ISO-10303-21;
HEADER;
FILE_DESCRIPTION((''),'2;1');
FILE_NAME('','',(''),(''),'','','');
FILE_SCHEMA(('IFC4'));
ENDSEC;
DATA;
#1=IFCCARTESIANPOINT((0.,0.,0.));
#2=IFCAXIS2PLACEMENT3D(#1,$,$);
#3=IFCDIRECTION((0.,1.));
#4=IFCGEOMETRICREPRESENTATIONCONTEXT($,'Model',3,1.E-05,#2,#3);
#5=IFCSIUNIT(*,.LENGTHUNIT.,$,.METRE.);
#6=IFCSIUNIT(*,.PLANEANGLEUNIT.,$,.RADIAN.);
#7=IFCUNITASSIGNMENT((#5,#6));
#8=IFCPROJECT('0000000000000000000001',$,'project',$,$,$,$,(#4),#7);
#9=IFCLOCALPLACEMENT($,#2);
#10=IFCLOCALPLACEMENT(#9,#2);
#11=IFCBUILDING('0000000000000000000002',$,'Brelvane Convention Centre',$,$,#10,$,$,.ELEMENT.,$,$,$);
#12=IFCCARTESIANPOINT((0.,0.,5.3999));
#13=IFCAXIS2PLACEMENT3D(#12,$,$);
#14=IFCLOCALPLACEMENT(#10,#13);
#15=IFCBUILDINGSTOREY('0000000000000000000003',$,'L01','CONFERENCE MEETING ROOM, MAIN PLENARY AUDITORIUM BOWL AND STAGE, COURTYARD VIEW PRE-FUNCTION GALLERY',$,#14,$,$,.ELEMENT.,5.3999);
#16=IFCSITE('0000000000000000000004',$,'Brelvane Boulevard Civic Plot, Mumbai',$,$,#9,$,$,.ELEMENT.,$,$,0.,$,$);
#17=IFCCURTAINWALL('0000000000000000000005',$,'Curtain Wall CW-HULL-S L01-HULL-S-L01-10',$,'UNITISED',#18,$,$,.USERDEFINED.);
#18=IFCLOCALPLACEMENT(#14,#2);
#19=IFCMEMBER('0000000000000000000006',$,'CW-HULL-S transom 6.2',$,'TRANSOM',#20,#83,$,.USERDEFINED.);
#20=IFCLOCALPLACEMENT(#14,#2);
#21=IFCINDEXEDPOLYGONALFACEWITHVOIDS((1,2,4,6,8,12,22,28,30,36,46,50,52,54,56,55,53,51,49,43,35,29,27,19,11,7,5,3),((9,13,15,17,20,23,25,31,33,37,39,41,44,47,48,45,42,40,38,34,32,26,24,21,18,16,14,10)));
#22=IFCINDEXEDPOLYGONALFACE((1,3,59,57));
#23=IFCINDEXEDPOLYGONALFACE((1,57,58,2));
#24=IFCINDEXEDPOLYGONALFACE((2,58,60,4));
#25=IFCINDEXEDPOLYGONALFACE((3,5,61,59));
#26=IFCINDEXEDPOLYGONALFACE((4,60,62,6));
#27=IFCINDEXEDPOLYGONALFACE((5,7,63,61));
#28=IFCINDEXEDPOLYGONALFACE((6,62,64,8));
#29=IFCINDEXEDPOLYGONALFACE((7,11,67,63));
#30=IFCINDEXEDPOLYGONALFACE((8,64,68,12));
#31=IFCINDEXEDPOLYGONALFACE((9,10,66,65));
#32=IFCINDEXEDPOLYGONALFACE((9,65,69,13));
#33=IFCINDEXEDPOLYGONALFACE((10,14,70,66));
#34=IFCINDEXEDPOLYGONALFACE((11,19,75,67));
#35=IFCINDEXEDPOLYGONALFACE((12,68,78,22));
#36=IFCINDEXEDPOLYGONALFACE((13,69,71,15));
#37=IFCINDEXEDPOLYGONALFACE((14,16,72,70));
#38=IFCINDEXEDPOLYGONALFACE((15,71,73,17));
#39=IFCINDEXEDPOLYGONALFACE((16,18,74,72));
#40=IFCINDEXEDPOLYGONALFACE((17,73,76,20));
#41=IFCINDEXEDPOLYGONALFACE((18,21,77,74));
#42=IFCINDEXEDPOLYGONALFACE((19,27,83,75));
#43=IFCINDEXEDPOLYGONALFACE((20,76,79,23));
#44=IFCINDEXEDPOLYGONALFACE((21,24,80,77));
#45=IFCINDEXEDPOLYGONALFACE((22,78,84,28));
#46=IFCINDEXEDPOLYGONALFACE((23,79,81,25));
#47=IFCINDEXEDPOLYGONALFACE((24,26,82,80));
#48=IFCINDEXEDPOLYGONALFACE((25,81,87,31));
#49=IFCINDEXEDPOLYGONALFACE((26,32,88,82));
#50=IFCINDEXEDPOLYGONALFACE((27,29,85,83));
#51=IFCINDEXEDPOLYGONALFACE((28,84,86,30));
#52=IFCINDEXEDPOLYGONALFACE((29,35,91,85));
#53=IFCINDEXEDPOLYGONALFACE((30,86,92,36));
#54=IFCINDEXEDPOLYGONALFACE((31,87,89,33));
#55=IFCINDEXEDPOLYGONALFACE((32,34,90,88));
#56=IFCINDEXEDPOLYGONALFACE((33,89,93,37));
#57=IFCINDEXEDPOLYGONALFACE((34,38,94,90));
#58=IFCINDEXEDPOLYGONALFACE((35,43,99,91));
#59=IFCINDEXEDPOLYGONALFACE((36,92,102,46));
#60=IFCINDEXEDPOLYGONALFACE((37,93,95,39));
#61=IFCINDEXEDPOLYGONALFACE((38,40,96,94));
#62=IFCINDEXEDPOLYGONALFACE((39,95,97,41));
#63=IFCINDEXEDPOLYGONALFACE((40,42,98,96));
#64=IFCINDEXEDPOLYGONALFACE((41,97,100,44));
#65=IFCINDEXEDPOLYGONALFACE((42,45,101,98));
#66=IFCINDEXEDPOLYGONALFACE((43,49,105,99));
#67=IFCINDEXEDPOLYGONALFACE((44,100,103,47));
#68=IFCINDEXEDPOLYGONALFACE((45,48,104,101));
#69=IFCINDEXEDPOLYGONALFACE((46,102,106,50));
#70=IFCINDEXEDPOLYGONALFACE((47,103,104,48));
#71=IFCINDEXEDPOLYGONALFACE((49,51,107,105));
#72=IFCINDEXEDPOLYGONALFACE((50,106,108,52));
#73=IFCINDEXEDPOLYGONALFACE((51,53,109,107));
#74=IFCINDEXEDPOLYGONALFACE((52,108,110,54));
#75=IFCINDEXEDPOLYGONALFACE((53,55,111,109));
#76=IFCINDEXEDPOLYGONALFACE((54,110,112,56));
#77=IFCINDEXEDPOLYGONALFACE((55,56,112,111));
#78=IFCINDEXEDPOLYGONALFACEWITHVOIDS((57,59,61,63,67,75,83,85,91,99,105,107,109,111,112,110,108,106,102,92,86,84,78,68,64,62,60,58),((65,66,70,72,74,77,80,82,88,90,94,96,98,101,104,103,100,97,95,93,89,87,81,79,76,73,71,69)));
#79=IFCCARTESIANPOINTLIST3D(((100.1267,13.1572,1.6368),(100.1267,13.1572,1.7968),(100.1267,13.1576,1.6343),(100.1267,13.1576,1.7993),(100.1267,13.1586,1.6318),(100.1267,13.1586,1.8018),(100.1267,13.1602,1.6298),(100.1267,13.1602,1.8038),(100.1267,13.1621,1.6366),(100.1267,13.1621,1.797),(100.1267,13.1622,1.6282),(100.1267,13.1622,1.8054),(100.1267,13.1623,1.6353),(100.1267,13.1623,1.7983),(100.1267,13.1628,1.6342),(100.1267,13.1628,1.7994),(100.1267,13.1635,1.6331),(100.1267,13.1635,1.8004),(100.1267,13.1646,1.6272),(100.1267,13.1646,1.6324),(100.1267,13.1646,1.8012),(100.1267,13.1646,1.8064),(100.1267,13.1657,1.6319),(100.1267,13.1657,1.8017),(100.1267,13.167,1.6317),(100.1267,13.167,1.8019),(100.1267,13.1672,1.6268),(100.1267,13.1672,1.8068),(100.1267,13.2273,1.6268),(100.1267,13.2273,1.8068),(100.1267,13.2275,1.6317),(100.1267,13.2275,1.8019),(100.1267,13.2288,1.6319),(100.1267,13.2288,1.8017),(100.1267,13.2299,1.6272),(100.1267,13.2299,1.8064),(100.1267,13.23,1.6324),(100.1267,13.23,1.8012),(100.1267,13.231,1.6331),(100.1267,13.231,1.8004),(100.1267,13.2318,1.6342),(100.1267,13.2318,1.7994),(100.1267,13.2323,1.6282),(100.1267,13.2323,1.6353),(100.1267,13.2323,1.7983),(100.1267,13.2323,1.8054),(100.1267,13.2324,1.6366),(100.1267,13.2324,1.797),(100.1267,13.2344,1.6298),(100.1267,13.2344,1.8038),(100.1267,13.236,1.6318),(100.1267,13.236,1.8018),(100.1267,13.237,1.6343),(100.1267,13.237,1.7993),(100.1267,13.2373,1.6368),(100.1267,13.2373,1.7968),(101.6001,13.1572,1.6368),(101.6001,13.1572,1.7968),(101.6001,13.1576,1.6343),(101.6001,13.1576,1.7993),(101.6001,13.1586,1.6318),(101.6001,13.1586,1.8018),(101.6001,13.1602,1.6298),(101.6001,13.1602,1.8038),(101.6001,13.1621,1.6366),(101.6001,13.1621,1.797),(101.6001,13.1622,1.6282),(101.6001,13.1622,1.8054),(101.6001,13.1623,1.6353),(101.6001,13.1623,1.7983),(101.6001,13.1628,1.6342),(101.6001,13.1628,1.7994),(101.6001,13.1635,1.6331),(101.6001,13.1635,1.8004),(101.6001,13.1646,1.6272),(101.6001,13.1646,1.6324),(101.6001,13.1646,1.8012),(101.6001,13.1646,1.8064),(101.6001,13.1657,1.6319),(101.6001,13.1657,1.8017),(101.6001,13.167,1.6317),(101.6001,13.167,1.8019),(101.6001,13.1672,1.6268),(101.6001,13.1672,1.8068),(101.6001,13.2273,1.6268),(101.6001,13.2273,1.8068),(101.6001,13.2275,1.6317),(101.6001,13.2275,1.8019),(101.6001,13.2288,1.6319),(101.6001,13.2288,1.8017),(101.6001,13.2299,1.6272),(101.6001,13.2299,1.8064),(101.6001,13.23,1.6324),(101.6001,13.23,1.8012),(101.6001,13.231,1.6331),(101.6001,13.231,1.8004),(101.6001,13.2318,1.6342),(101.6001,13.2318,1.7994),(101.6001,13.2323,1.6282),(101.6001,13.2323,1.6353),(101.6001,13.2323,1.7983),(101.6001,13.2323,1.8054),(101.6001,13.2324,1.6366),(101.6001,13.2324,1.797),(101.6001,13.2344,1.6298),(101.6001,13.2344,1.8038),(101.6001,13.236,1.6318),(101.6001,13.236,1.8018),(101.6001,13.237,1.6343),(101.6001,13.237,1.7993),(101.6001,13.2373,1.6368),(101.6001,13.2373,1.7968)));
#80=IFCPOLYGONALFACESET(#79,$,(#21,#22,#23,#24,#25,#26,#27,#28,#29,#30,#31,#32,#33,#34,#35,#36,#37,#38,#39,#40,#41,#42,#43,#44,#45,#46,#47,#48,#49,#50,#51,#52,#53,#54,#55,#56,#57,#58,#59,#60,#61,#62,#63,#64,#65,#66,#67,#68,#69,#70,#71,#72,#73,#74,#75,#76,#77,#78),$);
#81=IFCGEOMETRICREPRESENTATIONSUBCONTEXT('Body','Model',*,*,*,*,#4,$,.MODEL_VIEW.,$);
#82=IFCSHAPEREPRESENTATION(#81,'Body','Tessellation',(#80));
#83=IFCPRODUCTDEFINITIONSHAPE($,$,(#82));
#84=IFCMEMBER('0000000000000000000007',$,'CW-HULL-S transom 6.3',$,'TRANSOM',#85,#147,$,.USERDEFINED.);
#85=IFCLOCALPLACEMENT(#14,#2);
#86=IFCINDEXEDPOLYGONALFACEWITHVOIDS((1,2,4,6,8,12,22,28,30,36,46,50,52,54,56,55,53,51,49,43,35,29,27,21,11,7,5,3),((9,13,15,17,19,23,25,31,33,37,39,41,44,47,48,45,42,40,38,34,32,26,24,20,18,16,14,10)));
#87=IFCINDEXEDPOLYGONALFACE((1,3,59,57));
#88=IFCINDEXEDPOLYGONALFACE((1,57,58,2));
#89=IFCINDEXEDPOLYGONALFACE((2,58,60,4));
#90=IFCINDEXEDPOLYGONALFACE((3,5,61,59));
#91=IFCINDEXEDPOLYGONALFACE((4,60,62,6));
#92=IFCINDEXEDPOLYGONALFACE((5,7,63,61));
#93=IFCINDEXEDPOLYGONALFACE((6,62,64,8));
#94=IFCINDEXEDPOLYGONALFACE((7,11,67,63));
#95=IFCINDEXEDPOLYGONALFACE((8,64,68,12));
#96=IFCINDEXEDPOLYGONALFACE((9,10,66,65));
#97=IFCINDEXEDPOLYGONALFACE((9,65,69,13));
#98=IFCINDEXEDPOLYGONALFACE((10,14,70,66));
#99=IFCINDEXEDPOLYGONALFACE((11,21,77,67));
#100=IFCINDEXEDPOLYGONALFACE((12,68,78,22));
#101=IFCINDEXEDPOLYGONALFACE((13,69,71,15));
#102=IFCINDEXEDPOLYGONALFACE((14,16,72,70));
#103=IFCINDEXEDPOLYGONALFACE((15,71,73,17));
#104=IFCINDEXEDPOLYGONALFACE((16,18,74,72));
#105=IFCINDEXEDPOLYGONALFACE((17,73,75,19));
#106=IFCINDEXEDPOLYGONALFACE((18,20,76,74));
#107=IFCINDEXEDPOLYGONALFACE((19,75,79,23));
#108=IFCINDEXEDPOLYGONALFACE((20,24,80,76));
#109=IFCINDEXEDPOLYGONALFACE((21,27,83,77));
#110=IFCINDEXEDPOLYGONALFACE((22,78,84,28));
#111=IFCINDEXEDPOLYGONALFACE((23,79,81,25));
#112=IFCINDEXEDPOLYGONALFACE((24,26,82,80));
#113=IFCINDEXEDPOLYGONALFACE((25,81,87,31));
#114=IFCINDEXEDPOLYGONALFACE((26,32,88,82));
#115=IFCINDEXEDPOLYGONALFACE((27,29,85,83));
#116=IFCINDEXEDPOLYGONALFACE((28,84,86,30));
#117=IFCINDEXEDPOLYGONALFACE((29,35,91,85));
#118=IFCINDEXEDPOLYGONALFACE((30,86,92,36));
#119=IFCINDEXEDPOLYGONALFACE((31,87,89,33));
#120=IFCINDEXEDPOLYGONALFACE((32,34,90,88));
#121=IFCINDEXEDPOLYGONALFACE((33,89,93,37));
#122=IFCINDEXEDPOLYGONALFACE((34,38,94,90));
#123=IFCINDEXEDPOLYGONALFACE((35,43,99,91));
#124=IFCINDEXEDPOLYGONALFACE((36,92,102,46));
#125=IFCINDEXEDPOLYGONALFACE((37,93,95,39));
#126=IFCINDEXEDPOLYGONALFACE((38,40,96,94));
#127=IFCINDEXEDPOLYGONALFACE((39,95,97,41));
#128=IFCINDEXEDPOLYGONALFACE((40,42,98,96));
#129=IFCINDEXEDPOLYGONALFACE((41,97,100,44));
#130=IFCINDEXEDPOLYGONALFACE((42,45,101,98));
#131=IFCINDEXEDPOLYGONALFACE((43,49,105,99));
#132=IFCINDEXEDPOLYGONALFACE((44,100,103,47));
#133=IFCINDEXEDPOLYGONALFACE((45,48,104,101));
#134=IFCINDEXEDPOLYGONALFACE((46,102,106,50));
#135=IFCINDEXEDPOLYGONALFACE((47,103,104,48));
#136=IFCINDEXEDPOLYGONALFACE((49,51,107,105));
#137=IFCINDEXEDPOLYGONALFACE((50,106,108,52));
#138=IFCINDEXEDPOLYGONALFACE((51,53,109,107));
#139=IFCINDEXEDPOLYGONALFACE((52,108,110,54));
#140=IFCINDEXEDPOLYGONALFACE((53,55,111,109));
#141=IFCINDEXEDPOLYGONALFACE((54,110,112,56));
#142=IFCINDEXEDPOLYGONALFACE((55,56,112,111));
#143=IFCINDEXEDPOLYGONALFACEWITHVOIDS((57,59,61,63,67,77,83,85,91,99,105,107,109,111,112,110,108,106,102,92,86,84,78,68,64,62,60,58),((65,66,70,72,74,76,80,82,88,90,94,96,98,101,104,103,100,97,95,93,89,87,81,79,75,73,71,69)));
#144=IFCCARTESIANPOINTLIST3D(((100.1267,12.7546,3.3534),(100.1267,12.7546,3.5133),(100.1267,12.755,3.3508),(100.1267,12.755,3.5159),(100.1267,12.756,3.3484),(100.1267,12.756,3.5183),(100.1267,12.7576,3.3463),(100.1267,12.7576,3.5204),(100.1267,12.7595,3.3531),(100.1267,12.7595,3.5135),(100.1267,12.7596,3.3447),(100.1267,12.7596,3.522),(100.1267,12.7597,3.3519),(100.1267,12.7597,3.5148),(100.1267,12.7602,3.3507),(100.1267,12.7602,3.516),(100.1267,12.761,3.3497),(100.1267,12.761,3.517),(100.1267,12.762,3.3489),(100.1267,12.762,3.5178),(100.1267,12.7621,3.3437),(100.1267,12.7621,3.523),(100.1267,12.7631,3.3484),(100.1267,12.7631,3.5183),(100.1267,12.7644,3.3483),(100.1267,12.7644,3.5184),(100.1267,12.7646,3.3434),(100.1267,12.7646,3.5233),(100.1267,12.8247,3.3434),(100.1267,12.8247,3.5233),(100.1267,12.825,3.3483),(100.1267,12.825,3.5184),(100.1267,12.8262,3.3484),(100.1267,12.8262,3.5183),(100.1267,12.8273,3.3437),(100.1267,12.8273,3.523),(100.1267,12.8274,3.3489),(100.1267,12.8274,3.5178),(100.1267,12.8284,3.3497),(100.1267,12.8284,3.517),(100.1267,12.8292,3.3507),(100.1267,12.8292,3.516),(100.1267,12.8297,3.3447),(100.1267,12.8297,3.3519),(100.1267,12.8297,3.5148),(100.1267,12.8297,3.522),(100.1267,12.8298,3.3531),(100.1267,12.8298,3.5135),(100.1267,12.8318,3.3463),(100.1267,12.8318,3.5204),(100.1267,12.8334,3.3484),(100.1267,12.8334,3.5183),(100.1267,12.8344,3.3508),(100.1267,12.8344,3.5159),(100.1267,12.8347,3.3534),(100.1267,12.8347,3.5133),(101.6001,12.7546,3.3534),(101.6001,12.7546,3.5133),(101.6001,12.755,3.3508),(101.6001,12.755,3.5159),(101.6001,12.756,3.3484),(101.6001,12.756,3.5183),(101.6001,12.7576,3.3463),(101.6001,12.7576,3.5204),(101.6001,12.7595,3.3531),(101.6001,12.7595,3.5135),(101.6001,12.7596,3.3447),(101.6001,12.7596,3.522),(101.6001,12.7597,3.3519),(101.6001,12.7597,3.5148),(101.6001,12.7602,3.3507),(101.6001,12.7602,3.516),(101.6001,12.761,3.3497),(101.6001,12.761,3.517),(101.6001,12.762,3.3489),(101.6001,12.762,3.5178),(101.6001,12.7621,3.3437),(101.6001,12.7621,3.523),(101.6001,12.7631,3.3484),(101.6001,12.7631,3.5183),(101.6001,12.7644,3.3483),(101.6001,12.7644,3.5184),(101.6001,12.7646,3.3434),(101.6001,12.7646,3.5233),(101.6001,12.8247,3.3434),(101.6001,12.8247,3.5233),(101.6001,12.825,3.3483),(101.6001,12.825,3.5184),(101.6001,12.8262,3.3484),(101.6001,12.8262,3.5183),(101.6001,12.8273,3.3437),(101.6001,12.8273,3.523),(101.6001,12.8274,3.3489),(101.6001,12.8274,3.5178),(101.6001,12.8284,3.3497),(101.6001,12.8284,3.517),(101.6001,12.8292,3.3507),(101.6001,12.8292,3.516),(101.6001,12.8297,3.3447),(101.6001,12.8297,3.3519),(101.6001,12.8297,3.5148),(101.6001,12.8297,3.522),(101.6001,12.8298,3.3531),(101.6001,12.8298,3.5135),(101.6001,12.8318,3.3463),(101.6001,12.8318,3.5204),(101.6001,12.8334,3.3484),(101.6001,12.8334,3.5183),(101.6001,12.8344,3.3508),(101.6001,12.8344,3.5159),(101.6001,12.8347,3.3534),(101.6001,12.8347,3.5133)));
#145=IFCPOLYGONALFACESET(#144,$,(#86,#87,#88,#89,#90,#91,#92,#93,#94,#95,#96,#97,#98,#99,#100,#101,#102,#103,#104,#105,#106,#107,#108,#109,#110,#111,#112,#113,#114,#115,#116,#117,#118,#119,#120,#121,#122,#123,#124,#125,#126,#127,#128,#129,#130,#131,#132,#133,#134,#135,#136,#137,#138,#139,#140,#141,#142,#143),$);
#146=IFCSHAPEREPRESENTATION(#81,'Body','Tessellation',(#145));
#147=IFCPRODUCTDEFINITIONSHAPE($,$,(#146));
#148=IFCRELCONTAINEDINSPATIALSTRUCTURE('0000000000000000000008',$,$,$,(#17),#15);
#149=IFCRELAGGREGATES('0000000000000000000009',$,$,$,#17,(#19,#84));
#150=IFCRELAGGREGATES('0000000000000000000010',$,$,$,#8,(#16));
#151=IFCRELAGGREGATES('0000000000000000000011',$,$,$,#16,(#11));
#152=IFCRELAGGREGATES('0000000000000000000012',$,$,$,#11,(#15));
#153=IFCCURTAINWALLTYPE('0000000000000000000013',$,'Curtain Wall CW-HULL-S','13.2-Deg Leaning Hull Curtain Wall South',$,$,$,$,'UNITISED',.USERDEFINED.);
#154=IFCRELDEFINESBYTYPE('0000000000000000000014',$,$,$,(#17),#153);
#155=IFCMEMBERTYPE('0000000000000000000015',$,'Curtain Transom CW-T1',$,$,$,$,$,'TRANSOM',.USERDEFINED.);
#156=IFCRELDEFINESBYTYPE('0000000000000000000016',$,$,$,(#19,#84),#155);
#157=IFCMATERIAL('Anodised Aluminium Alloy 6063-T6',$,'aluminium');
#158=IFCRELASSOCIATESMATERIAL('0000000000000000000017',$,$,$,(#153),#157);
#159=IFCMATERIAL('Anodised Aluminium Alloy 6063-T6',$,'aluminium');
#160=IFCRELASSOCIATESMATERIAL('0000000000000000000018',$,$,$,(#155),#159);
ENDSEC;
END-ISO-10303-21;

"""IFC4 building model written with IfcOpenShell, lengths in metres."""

from ifc_helpers import new_model, si_unit, direction, frame, origin, origin_2d, place, context, subcontext, project, spatial, hollow_rectangle, extrude, material, material_profile, profile_set, type_object, element, aggregate, save


model = new_model("IFC4")

# Units and contexts
model_context = context("Model", 3, precision=1e-05, world=origin(), true_north=direction((0.0, 1.0)))
body_context = subcontext(model_context, "Body", "Model", "MODEL_VIEW")
ifc_project = project(units=[si_unit("LENGTHUNIT", "METRE"), si_unit("PLANEANGLEUNIT", "RADIAN")], contexts=[model_context])

# Site, building, storey
site_placement = place(None, origin())
site = spatial("IfcSite", under=ifc_project, at=site_placement, Name="Brelvane Boulevard Civic Plot, Mumbai", CompositionType="ELEMENT", RefElevation=0.0)
building_placement = place(site_placement, origin())
building = spatial("IfcBuilding", under=site, at=building_placement, Name="Brelvane Convention Centre", CompositionType="ELEMENT")
storey_placement = place(building_placement, frame((0.0, 0.0, 5.3999)))
storey = spatial("IfcBuildingStorey", under=building, at=storey_placement, Name="L01", Description="CONFERENCE MEETING ROOM, MAIN PLENARY AUDITORIUM BOWL AND STAGE, COURTYARD VIEW PRE-FUNCTION GALLERY", CompositionType="ELEMENT", Elevation=5.3999)

# Curtain wall, members
ifc_material_1 = material(Name="Anodised Aluminium Alloy 6063-T6", Category="aluminium")
curtain_wall_type = type_object("IfcCurtainWallType", Name="Curtain Wall CW-HULL-S", Description="13.2-Deg Leaning Hull Curtain Wall South", ElementType="UNITISED", PredefinedType="USERDEFINED", material=ifc_material_1)
curtain_wall_1_placement = place(storey_placement, origin())
curtain_wall_1 = element("IfcCurtainWall", 1, at=curtain_wall_1_placement, inside=storey, type_object=curtain_wall_type, Name="Curtain Wall CW-HULL-S L01-HULL-S-L01-10", ObjectType="UNITISED", PredefinedType="USERDEFINED")
ifc_material_2 = material(Name="Anodised Aluminium Alloy 6063-T6", Category="aluminium")
ifc_material_profile = material_profile(ifc_material_2, hollow_rectangle(XDim=0.0801, YDim=0.1799, WallThickness=0.0049, InnerFilletRadius=0.0049, OuterFilletRadius=0.01, at=origin_2d()), Name="ALU-T 180x80x5.0")
ifc_profile_set = profile_set([ifc_material_profile], Name="Anodised Aluminium Alloy 6063-T6")
member_type = type_object("IfcMemberType", Name="Curtain Transom CW-T1", ElementType="TRANSOM", PredefinedType="USERDEFINED", material=ifc_profile_set)
member_1_placement = place(storey_placement, frame((100.1267, 13.1973, 1.7168), z_axis=(1.0, 0.0, 0.0), x_axis=(0.0, 1.0, 0.0)))
member_1 = element("IfcMember", 2, at=member_1_placement, type_object=member_type, Name="CW-HULL-S transom 6.2", ObjectType="TRANSOM", PredefinedType="USERDEFINED", context=body_context, shape_type="SweptSolid", body=[
    extrude(hollow_rectangle(XDim=0.0801, YDim=0.1799, WallThickness=0.0049, InnerFilletRadius=0.0049, OuterFilletRadius=0.01, at=origin_2d()), origin(), (0.0, 0.0, 1.0), 1.4734),
])
member_2_placement = place(storey_placement, frame((100.1267, 12.7947, 3.4333), z_axis=(1.0, 0.0, 0.0), x_axis=(0.0, 1.0, 0.0)))
member_2 = element("IfcMember", 3, at=member_2_placement, type_object=member_type, Name="CW-HULL-S transom 6.3", ObjectType="TRANSOM", PredefinedType="USERDEFINED", context=body_context, shape_type="SweptSolid", body=[
    extrude(hollow_rectangle(XDim=0.0801, YDim=0.1799, WallThickness=0.0049, InnerFilletRadius=0.0049, OuterFilletRadius=0.01, at=origin_2d()), origin(), (0.0, 0.0, 1.0), 1.4734),
])

aggregate(curtain_wall_1, [member_1, member_2])

save(model, "model.ifc")
